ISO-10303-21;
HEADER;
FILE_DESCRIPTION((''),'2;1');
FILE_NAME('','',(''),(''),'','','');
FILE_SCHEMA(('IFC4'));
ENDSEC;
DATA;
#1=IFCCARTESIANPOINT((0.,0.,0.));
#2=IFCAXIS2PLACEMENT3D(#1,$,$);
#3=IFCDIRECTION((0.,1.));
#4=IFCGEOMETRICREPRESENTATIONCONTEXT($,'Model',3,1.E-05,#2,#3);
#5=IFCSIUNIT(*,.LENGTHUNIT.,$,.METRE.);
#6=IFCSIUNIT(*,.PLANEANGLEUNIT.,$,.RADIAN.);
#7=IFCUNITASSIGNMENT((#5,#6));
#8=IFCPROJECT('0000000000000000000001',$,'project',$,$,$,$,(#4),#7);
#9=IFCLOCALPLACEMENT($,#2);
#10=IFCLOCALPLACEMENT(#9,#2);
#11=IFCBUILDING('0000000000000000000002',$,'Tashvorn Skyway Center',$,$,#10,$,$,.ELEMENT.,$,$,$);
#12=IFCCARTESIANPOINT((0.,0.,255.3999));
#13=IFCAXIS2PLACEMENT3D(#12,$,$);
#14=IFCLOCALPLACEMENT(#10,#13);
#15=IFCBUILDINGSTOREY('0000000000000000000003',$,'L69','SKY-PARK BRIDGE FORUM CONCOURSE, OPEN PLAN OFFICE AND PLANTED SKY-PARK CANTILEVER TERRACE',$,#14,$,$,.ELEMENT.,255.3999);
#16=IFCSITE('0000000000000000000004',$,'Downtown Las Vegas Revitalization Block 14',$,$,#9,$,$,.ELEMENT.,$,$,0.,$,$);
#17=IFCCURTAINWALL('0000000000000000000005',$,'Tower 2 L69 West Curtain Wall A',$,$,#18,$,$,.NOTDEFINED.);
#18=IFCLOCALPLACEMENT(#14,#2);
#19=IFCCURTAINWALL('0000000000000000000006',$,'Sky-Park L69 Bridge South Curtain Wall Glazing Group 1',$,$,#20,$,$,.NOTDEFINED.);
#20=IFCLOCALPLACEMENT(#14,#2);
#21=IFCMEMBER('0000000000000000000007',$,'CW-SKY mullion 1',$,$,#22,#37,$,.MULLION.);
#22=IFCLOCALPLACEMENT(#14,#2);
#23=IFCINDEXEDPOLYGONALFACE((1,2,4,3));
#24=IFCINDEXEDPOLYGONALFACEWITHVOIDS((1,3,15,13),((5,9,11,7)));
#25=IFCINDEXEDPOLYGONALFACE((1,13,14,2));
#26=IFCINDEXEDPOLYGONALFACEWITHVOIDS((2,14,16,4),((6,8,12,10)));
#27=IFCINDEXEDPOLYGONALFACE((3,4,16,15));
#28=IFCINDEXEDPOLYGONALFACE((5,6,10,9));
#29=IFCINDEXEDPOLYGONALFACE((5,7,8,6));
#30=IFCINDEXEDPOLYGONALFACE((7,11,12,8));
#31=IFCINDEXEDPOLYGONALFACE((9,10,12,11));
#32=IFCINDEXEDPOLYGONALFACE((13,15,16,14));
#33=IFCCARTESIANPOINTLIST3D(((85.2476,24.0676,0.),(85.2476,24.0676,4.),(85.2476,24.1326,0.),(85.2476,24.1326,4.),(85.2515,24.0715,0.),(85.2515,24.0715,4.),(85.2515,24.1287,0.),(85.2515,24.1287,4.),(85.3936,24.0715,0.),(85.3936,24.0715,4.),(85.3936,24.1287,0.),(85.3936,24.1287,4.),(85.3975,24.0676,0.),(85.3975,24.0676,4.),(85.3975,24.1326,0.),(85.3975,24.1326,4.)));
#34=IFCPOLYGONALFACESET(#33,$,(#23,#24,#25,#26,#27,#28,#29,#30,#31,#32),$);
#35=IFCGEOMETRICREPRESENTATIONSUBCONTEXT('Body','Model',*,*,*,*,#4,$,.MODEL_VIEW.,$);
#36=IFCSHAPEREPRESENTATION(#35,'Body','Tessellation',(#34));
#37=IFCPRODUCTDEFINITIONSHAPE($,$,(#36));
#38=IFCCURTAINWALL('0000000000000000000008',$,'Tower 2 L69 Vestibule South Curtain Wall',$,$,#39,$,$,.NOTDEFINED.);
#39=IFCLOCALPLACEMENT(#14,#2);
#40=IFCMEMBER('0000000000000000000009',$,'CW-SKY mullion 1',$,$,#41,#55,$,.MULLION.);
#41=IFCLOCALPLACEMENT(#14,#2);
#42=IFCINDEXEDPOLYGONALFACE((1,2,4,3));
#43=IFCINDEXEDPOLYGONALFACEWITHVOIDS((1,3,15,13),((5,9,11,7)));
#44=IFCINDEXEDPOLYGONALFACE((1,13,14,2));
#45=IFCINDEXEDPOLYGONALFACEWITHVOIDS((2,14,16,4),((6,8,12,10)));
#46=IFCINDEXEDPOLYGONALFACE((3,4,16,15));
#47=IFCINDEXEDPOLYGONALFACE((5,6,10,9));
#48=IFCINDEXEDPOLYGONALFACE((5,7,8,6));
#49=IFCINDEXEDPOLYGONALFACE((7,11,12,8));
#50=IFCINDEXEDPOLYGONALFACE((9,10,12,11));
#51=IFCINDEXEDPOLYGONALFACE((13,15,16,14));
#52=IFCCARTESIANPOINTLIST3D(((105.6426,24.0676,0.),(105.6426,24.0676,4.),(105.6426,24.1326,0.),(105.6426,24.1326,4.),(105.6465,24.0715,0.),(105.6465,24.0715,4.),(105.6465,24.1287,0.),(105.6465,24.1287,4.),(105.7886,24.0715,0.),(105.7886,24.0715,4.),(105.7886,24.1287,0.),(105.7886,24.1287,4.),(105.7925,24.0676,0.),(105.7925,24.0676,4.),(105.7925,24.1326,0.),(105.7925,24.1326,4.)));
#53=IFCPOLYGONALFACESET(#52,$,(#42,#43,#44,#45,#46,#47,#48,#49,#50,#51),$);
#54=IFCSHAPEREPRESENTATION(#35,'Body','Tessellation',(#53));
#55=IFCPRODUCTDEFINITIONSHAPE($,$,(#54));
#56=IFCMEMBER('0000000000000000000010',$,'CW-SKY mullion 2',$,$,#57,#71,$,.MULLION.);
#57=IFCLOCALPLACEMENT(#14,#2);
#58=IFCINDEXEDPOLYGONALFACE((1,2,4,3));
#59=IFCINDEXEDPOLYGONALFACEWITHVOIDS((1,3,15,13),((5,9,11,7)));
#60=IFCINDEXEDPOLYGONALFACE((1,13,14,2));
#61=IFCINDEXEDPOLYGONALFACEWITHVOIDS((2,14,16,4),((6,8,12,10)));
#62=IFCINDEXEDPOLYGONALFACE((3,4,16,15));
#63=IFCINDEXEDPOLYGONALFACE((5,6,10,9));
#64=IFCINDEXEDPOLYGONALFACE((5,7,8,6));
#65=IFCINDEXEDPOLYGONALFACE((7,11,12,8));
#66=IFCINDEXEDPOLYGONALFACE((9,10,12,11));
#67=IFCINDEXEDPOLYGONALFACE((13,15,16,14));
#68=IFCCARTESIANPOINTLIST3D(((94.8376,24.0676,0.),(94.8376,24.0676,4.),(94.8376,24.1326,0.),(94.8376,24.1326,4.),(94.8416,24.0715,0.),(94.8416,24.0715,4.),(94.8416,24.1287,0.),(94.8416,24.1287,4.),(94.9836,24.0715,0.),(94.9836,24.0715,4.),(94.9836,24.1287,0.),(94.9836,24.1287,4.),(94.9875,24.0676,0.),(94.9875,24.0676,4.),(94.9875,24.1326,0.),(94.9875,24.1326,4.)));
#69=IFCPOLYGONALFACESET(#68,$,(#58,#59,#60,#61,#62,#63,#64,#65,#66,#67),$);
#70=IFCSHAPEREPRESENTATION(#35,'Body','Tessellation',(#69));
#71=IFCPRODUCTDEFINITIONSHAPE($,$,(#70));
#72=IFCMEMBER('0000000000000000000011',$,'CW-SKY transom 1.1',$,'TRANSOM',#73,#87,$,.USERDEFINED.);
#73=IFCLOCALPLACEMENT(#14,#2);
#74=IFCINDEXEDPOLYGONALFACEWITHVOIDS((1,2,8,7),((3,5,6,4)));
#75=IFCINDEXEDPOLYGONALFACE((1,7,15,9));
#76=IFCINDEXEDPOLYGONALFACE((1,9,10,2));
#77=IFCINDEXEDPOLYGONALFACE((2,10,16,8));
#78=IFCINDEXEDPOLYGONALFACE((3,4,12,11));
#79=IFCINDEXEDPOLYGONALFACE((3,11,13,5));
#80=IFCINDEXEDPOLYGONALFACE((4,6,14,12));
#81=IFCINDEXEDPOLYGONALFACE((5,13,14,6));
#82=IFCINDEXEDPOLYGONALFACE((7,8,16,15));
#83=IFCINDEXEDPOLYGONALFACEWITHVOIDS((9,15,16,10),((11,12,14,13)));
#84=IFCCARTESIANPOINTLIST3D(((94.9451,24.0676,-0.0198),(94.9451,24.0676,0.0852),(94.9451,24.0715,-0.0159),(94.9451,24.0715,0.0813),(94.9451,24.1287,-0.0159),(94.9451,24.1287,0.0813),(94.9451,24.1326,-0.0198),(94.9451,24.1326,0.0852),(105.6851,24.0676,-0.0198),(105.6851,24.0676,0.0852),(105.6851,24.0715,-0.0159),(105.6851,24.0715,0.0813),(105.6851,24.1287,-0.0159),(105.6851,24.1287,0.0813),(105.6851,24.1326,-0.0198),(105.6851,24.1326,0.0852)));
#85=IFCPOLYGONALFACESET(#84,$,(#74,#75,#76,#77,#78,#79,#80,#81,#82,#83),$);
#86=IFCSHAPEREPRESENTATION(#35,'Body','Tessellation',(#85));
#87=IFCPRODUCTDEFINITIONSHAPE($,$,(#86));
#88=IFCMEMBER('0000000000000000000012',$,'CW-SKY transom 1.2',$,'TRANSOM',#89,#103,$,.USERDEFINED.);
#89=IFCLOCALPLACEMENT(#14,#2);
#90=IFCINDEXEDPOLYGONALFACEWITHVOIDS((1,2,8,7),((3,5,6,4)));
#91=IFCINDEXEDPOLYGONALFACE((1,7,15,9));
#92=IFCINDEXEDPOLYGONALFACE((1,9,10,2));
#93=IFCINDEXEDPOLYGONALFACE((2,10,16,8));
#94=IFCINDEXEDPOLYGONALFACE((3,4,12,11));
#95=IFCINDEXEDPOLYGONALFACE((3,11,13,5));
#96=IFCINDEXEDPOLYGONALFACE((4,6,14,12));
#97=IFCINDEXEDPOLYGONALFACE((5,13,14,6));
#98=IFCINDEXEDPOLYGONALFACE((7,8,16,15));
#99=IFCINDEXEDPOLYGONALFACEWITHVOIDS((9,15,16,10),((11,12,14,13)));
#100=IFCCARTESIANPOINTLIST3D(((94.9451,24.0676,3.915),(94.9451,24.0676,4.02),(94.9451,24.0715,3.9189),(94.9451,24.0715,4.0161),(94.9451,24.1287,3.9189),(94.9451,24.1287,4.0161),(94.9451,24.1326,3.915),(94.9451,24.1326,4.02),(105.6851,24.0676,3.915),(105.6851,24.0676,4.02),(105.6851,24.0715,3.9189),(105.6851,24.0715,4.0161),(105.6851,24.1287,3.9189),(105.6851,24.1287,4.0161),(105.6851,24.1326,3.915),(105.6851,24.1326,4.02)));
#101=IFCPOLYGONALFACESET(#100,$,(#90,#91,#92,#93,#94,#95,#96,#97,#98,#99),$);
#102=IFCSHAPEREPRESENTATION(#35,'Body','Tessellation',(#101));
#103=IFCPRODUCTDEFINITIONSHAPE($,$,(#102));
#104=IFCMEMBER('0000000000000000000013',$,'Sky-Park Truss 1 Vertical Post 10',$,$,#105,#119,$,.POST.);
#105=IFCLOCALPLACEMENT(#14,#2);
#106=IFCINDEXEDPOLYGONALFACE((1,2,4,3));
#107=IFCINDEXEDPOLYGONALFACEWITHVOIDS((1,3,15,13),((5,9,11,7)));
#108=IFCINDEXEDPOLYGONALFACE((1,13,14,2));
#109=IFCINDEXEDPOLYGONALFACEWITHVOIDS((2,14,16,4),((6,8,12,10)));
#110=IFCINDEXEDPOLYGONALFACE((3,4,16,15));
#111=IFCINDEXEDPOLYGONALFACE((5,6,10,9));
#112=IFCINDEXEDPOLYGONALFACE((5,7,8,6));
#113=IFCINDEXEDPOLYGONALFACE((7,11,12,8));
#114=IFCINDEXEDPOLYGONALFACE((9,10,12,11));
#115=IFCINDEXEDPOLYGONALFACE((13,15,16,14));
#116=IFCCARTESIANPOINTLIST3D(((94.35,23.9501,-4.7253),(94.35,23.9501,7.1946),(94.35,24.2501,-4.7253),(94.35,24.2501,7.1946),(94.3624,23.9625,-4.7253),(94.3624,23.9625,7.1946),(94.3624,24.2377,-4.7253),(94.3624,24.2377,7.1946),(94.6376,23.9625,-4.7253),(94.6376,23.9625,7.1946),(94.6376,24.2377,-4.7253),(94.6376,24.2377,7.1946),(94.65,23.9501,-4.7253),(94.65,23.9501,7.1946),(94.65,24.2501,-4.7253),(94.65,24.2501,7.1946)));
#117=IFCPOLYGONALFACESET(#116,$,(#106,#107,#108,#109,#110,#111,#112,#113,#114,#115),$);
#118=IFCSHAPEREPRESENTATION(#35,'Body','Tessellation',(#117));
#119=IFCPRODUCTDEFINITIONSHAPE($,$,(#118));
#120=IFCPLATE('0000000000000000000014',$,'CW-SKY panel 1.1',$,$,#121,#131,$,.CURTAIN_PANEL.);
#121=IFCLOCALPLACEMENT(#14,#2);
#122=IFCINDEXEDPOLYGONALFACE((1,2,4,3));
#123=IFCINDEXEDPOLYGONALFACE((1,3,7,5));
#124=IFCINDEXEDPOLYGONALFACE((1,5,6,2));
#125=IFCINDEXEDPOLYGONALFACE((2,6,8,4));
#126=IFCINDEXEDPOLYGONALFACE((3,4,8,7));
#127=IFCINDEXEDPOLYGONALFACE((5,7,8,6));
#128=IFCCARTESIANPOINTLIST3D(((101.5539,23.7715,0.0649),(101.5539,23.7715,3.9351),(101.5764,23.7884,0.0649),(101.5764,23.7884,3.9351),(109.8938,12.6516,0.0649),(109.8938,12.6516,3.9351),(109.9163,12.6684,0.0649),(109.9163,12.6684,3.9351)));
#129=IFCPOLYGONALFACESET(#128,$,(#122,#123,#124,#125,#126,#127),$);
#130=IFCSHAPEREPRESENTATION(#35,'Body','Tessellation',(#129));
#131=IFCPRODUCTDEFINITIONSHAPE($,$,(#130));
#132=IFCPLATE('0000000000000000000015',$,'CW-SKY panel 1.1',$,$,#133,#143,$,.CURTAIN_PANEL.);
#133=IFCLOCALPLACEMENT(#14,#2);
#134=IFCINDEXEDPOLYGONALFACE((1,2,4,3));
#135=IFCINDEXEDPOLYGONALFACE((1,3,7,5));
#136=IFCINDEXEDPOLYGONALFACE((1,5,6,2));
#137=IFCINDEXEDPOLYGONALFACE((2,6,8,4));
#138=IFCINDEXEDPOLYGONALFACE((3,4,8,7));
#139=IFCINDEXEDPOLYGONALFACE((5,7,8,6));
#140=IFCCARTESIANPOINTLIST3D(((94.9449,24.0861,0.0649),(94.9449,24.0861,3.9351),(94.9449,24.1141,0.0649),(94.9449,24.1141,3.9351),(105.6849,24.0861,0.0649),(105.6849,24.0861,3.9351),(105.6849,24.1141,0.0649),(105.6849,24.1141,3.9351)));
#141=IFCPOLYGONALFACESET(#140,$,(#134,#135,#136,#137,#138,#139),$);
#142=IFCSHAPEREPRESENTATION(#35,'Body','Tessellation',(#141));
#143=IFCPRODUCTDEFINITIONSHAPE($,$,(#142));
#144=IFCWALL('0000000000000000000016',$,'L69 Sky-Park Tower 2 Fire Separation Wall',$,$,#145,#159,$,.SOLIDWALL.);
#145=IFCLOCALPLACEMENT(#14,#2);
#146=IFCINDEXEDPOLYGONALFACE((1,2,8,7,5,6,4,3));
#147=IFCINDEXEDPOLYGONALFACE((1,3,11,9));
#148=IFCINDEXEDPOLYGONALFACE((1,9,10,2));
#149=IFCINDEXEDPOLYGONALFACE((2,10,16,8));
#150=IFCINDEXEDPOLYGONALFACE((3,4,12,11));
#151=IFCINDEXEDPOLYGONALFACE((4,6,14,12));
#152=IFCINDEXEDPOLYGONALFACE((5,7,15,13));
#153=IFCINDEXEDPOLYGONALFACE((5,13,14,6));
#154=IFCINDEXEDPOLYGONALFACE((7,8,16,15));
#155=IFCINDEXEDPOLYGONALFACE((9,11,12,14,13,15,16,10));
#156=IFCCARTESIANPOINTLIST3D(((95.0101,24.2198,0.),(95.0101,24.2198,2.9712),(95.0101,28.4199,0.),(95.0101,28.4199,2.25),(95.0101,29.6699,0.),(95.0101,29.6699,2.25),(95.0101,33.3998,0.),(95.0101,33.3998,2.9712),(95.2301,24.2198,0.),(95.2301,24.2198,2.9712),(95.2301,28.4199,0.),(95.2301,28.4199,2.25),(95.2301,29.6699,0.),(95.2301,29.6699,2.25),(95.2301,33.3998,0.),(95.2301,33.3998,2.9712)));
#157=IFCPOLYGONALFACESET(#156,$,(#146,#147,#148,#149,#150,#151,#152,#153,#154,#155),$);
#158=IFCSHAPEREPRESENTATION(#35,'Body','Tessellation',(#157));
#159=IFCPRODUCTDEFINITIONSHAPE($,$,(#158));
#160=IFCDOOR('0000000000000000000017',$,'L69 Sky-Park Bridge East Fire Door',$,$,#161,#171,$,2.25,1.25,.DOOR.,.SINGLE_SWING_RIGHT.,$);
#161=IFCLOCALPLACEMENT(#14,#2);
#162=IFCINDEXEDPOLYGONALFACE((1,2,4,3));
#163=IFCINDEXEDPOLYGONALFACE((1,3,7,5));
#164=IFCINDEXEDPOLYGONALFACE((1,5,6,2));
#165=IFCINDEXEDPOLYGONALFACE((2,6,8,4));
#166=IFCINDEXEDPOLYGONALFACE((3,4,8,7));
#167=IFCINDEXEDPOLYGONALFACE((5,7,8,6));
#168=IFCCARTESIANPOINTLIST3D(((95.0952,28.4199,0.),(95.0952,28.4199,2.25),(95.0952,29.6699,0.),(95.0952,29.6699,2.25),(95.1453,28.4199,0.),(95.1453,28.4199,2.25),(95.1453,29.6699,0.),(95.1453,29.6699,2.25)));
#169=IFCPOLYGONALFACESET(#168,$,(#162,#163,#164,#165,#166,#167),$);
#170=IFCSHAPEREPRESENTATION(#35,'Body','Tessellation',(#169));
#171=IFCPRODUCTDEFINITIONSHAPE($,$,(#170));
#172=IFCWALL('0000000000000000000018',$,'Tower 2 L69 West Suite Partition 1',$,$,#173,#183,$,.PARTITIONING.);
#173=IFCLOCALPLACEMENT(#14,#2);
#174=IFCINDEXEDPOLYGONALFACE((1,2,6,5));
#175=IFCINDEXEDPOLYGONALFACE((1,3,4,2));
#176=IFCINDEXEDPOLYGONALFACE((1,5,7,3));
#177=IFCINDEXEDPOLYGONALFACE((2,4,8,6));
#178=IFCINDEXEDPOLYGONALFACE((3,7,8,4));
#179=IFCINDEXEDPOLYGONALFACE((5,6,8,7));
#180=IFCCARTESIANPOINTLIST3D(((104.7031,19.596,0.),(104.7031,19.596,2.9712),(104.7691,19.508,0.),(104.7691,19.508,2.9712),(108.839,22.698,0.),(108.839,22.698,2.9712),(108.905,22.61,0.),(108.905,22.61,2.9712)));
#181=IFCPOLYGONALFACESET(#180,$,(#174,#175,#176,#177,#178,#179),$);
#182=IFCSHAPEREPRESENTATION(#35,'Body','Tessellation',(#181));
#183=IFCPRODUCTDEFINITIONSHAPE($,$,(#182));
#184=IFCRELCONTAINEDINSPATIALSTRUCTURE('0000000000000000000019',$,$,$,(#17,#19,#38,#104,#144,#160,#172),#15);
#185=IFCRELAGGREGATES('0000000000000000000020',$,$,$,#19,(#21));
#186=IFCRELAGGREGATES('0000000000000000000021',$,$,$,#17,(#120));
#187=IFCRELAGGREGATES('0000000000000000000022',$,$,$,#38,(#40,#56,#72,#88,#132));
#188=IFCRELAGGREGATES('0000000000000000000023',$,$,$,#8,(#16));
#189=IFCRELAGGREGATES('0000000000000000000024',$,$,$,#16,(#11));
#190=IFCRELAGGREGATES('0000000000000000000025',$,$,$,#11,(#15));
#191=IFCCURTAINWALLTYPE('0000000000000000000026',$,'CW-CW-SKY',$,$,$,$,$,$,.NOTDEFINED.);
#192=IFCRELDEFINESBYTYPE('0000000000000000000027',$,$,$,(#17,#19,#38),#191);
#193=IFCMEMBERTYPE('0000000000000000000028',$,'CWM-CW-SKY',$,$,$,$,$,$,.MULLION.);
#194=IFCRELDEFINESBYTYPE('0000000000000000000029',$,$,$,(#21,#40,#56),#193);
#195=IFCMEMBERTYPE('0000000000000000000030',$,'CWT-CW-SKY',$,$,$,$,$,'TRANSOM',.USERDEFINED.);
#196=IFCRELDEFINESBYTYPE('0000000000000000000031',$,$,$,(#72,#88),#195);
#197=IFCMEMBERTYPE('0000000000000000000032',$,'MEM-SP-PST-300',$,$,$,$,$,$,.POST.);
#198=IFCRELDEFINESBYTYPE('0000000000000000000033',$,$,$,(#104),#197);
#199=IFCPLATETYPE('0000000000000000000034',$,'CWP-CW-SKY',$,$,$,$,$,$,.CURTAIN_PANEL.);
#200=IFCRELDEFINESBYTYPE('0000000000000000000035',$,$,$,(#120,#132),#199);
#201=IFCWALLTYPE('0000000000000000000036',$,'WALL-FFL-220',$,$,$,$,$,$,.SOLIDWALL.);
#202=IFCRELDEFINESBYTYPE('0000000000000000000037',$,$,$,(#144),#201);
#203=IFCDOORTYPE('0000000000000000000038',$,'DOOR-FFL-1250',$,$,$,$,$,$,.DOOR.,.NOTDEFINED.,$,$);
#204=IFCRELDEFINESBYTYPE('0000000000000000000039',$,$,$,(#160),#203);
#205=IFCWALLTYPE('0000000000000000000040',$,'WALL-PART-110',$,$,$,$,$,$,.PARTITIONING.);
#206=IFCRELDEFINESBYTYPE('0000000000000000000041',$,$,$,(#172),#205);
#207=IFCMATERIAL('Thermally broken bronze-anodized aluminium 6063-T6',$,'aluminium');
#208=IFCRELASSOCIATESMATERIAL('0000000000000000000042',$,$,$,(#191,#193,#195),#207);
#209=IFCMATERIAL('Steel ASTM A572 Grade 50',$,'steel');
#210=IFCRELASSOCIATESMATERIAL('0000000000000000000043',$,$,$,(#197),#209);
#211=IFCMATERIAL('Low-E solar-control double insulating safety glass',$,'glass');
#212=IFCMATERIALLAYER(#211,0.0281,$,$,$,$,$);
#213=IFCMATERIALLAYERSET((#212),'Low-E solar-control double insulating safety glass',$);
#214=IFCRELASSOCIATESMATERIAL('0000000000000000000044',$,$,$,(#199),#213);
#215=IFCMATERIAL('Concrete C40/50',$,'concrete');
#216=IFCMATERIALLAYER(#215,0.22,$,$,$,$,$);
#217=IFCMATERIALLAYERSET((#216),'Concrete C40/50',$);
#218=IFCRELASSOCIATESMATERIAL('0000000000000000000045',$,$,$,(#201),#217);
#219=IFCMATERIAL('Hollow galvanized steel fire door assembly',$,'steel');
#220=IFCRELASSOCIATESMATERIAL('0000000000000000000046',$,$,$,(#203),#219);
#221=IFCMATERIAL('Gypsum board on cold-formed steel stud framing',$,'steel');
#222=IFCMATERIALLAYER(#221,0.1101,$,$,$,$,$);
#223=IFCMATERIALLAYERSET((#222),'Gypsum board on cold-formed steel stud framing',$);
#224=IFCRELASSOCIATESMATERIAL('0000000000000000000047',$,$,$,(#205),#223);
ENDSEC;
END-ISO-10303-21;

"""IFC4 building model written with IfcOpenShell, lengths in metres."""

from ifc_helpers import new_model, si_unit, direction, frame, frame_2d, origin, origin_2d, place, context, subcontext, project, spatial, rectangle, hollow_rectangle, extrude, material, layer, layer_set, material_profile, profile_set, type_object, element, fill, aggregate, save


model = new_model("IFC4")

# Units and contexts
model_context = context("Model", 3, precision=1e-05, world=origin(), true_north=direction((0.0, 1.0)))
body_context = subcontext(model_context, "Body", "Model", "MODEL_VIEW")
ifc_project = project(units=[si_unit("LENGTHUNIT", "METRE"), si_unit("PLANEANGLEUNIT", "RADIAN")], contexts=[model_context])

# Site, building, storey
site_placement = place(None, origin())
site = spatial("IfcSite", under=ifc_project, at=site_placement, Name="Downtown Las Vegas Revitalization Block 14", CompositionType="ELEMENT", RefElevation=0.0)
building_placement = place(site_placement, origin())
building = spatial("IfcBuilding", under=site, at=building_placement, Name="Tashvorn Skyway Center", CompositionType="ELEMENT")
storey_placement = place(building_placement, frame((0.0, 0.0, 255.3999)))
storey = spatial("IfcBuildingStorey", under=building, at=storey_placement, Name="L69", Description="SKY-PARK BRIDGE FORUM CONCOURSE, OPEN PLAN OFFICE AND PLANTED SKY-PARK CANTILEVER TERRACE", CompositionType="ELEMENT", Elevation=255.3999)

# Shared definitions
ifc_material_1 = material(Name="Steel ASTM A572 Grade 50", Category="steel")

# Curtain walls, member
ifc_material_2 = material(Name="Thermally broken bronze-anodized aluminium 6063-T6", Category="aluminium")
curtain_wall_type = type_object("IfcCurtainWallType", Name="CW-CW-SKY", PredefinedType="NOTDEFINED", material=ifc_material_2)
curtain_wall_1_placement = place(storey_placement, origin())
curtain_wall_1 = element("IfcCurtainWall", 1, at=curtain_wall_1_placement, inside=storey, type_object=curtain_wall_type, Name="Tower 2 L69 West Curtain Wall A", PredefinedType="NOTDEFINED")
ifc_material_profile_1 = material_profile(ifc_material_2, hollow_rectangle(XDim=0.0649, YDim=0.1499, WallThickness=0.0039, at=origin_2d()), Name="ALU-MULL-65x150")
ifc_profile_set_1 = profile_set([ifc_material_profile_1], Name="Thermally broken bronze-anodized aluminium 6063-T6")
member_type_1 = type_object("IfcMemberType", Name="CWM-CW-SKY", PredefinedType="MULLION", material=ifc_profile_set_1)
curtain_wall_2_placement = place(storey_placement, origin())
curtain_wall_2 = element("IfcCurtainWall", 2, at=curtain_wall_2_placement, inside=storey, type_object=curtain_wall_type, Name="Sky-Park L69 Bridge South Curtain Wall Glazing Group 1", PredefinedType="NOTDEFINED")
member_1_placement = place(storey_placement, frame((85.3225, 24.1001, 0.0), z_axis=(0.0, 0.0, 1.0), x_axis=(0.0, -1.0, 0.0)))
member_1 = element("IfcMember", 3, at=member_1_placement, type_object=member_type_1, Name="CW-SKY mullion 1", PredefinedType="MULLION", context=body_context, shape_type="SweptSolid", body=[
    extrude(hollow_rectangle(XDim=0.0649, YDim=0.1499, WallThickness=0.0039, at=origin_2d()), origin(), (0.0, 0.0, 1.0), 4.0),
])
aggregate(curtain_wall_2, [member_1])

# Curtain wall, members
curtain_wall_3_placement = place(storey_placement, origin())
curtain_wall_3 = element("IfcCurtainWall", 4, at=curtain_wall_3_placement, inside=storey, type_object=curtain_wall_type, Name="Tower 2 L69 Vestibule South Curtain Wall", PredefinedType="NOTDEFINED")
member_2_placement = place(storey_placement, frame((105.7175, 24.1001, 0.0), z_axis=(0.0, 0.0, 1.0), x_axis=(0.0, -1.0, 0.0)))
member_2 = element("IfcMember", 5, at=member_2_placement, type_object=member_type_1, Name="CW-SKY mullion 1", PredefinedType="MULLION", context=body_context, shape_type="SweptSolid", body=[
    extrude(hollow_rectangle(XDim=0.0649, YDim=0.1499, WallThickness=0.0039, at=origin_2d()), origin(), (0.0, 0.0, 1.0), 4.0),
])
member_3_placement = place(storey_placement, frame((94.9126, 24.1001, 0.0), z_axis=(0.0, 0.0, 1.0), x_axis=(0.0, -1.0, 0.0)))
member_3 = element("IfcMember", 6, at=member_3_placement, type_object=member_type_1, Name="CW-SKY mullion 2", PredefinedType="MULLION", context=body_context, shape_type="SweptSolid", body=[
    extrude(hollow_rectangle(XDim=0.0649, YDim=0.1499, WallThickness=0.0039, at=origin_2d()), origin(), (0.0, 0.0, 1.0), 4.0),
])
ifc_material_profile_2 = material_profile(ifc_material_2, hollow_rectangle(XDim=0.0649, YDim=0.105, WallThickness=0.0039, at=origin_2d()), Name="ALU-TRAN-65x105")
ifc_profile_set_2 = profile_set([ifc_material_profile_2], Name="Thermally broken bronze-anodized aluminium 6063-T6")
member_type_2 = type_object("IfcMemberType", Name="CWT-CW-SKY", ElementType="TRANSOM", PredefinedType="USERDEFINED", material=ifc_profile_set_2)
member_4_placement = place(storey_placement, frame((105.6851, 24.1001, 0.0327), z_axis=(-1.0, 0.0, 0.0), x_axis=(0.0, -1.0, 0.0)))
member_4 = element("IfcMember", 7, at=member_4_placement, type_object=member_type_2, Name="CW-SKY transom 1.1", ObjectType="TRANSOM", PredefinedType="USERDEFINED", context=body_context, shape_type="SweptSolid", body=[
    extrude(hollow_rectangle(XDim=0.0649, YDim=0.105, WallThickness=0.0039, at=origin_2d()), origin(), (0.0, 0.0, 1.0), 10.74),
])
member_5_placement = place(storey_placement, frame((105.6851, 24.1001, 3.9675), z_axis=(-1.0, 0.0, 0.0), x_axis=(0.0, -1.0, 0.0)))
member_5 = element("IfcMember", 8, at=member_5_placement, type_object=member_type_2, Name="CW-SKY transom 1.2", ObjectType="TRANSOM", PredefinedType="USERDEFINED", context=body_context, shape_type="SweptSolid", body=[
    extrude(hollow_rectangle(XDim=0.0649, YDim=0.105, WallThickness=0.0039, at=origin_2d()), origin(), (0.0, 0.0, 1.0), 10.74),
])

# Member
ifc_material_profile_3 = material_profile(ifc_material_1, hollow_rectangle(XDim=0.3, YDim=0.3, WallThickness=0.0125, at=origin_2d()), Name="HSS300x300x12.5")
ifc_profile_set_3 = profile_set([ifc_material_profile_3], Name="Steel ASTM A572 Grade 50")
member_type_3 = type_object("IfcMemberType", Name="MEM-SP-PST-300", PredefinedType="POST", material=ifc_profile_set_3)
member_6_placement = place(storey_placement, frame((94.5, 24.1001, -4.7253), z_axis=(0.0, 0.0, 1.0), x_axis=(1.0, 0.0, 0.0)))
element("IfcMember", 9, at=member_6_placement, inside=storey, type_object=member_type_3, Name="Sky-Park Truss 1 Vertical Post 10", PredefinedType="POST", context=body_context, shape_type="SweptSolid", body=[
    extrude(hollow_rectangle(XDim=0.3, YDim=0.3, WallThickness=0.0125, at=origin_2d()), origin(), (0.0, 0.0, 1.0), 11.9199),
])

# Plates
ifc_material_3 = material(Name="Low-E solar-control double insulating safety glass", Category="glass")
ifc_layer_1 = layer(ifc_material_3, 0.0281)
ifc_layer_set_1 = layer_set([ifc_layer_1], Name="Low-E solar-control double insulating safety glass")
plate_type = type_object("IfcPlateType", Name="CWP-CW-SKY", PredefinedType="CURTAIN_PANEL", material=ifc_layer_set_1)
plate_1_placement = place(storey_placement, frame((105.7351, 18.22, 0.0649), z_axis=(0.0, 0.0, 1.0), x_axis=(-0.6, 0.8, 0.0)))
plate_1 = element("IfcPlate", 10, at=plate_1_placement, type_object=plate_type, Name="CW-SKY panel 1.1", PredefinedType="CURTAIN_PANEL", context=body_context, shape_type="SweptSolid", body=[
    extrude(rectangle(XDim=13.8999, YDim=0.0281, at=origin_2d()), origin(), (0.0, 0.0, 1.0), 3.8701),
])
aggregate(curtain_wall_1, [plate_1])
plate_2_placement = place(storey_placement, frame((100.3149, 24.1001, 0.0649), z_axis=(0.0, 0.0, 1.0), x_axis=(-1.0, 0.0, 0.0)))
plate_2 = element("IfcPlate", 11, at=plate_2_placement, type_object=plate_type, Name="CW-SKY panel 1.1", PredefinedType="CURTAIN_PANEL", context=body_context, shape_type="SweptSolid", body=[
    extrude(rectangle(XDim=10.74, YDim=0.0281, at=origin_2d()), origin(), (0.0, 0.0, 1.0), 3.8701),
])
aggregate(curtain_wall_3, [member_2, member_3, member_4, member_5, plate_2])

# Wall, opening, door
ifc_material_4 = material(Name="Concrete C40/50", Category="concrete")
ifc_layer_2 = layer(ifc_material_4, 0.22)
ifc_layer_set_2 = layer_set([ifc_layer_2], Name="Concrete C40/50")
wall_type_1 = type_object("IfcWallType", Name="WALL-FFL-220", PredefinedType="SOLIDWALL", material=ifc_layer_set_2)
wall_1_placement = place(storey_placement, frame((95.1201, 24.22, 0.0), z_axis=(0.0, 0.0, 1.0), x_axis=(0.0, 1.0, 0.0)))
wall_1 = element("IfcWall", 12, at=wall_1_placement, inside=storey, type_object=wall_type_1, Name="L69 Sky-Park Tower 2 Fire Separation Wall", PredefinedType="SOLIDWALL", context=body_context, shape_type="SweptSolid", body=[
    extrude(rectangle(XDim=9.1799, YDim=0.22, at=frame_2d((4.5898, 0.0))), origin(), (0.0, 0.0, 1.0), 2.9712),
])
opening_placement = place(wall_1_placement, frame((4.2, 0.0, 0.0)))
opening = element("IfcOpeningElement", 13, at=opening_placement, cuts=wall_1, PredefinedType="OPENING", context=body_context, shape_type="SweptSolid", body=[
    extrude(rectangle(XDim=1.25, YDim=2.25, at=frame_2d((0.625, 1.125))), frame((0.0, 0.1199, 0.0), z_axis=(0.0, -1.0, 0.0), x_axis=(1.0, 0.0, 0.0)), (0.0, 0.0, 1.0), 0.24),
])
ifc_material_5 = material(Name="Hollow galvanized steel fire door assembly", Category="steel")
door_type = type_object("IfcDoorType", Name="DOOR-FFL-1250", OperationType="NOTDEFINED", PredefinedType="DOOR", material=ifc_material_5)
door_placement = place(opening_placement, origin())
door = element("IfcDoor", 14, at=door_placement, inside=storey, type_object=door_type, Name="L69 Sky-Park Bridge East Fire Door", OperationType="SINGLE_SWING_RIGHT", OverallHeight=2.25, OverallWidth=1.25, PredefinedType="DOOR", context=body_context, shape_type="SweptSolid", body=[
    extrude(rectangle(XDim=1.25, YDim=2.25, at=frame_2d((0.625, 1.125))), frame((0.0, 0.0249, 0.0), z_axis=(0.0, -1.0, 0.0), x_axis=(1.0, 0.0, 0.0)), (0.0, 0.0, 1.0), 0.05),
])
fill(opening, door)

# Wall
ifc_material_6 = material(Name="Gypsum board on cold-formed steel stud framing", Category="steel")
ifc_layer_3 = layer(ifc_material_6, 0.1101)
ifc_layer_set_3 = layer_set([ifc_layer_3], Name="Gypsum board on cold-formed steel stud framing")
wall_type_2 = type_object("IfcWallType", Name="WALL-PART-110", PredefinedType="PARTITIONING", material=ifc_layer_set_3)
wall_2_placement = place(storey_placement, frame((104.7361, 19.552, 0.0), z_axis=(0.0, 0.0, 1.0), x_axis=(0.799994, 0.600008, 0.0)))
element("IfcWall", 15, at=wall_2_placement, inside=storey, type_object=wall_type_2, Name="Tower 2 L69 West Suite Partition 1", PredefinedType="PARTITIONING", context=body_context, shape_type="SweptSolid", body=[
    extrude(rectangle(XDim=5.1699, YDim=0.1101, at=frame_2d((2.585, 0.0))), origin(), (0.0, 0.0, 1.0), 2.9712),
])

save(model, "model.ifc")
